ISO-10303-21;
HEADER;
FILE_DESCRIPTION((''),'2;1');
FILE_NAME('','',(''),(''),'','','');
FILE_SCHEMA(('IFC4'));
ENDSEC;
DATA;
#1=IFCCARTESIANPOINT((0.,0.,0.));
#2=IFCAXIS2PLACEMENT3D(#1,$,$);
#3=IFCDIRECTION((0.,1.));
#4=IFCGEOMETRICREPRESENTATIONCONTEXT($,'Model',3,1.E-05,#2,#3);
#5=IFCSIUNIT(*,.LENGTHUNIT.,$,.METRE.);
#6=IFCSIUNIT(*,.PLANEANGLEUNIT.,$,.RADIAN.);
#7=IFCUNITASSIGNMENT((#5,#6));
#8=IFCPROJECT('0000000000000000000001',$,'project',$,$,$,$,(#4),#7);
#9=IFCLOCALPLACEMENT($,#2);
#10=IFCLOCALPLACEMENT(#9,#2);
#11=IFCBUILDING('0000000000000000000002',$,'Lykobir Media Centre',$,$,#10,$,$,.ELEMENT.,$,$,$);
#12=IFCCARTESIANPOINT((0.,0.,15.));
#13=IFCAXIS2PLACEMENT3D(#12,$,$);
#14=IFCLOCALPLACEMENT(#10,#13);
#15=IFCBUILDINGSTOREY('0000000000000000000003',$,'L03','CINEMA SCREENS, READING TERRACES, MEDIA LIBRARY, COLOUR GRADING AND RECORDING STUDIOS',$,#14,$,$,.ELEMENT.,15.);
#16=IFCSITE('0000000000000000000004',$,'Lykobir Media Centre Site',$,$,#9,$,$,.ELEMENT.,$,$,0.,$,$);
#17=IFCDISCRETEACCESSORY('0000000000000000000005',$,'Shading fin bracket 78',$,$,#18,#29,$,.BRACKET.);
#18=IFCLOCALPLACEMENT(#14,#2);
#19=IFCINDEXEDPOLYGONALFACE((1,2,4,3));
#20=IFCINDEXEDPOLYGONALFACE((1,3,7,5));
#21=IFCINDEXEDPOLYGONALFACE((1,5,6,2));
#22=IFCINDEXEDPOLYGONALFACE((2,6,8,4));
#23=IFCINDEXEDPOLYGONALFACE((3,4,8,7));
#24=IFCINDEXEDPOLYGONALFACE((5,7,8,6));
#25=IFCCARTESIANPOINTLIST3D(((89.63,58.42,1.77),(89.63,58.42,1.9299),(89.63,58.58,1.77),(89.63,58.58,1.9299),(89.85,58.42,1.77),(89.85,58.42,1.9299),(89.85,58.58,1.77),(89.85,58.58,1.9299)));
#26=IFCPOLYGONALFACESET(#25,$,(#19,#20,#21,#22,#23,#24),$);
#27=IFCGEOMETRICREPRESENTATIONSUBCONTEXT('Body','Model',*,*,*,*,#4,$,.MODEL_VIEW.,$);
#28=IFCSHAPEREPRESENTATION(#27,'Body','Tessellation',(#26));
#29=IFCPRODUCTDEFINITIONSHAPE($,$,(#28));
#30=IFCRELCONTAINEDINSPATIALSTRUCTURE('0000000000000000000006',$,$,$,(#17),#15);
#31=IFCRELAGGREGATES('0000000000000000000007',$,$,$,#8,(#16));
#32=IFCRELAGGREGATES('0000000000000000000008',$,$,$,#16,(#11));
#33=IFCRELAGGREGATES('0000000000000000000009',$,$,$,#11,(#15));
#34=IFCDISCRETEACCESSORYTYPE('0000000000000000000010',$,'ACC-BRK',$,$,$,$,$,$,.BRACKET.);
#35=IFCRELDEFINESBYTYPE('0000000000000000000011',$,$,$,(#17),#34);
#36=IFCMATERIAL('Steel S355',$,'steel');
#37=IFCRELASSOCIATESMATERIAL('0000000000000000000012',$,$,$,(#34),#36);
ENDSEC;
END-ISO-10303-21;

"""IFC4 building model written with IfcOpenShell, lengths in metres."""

from ifc_helpers import new_model, si_unit, direction, frame, origin, origin_2d, place, context, subcontext, project, spatial, rectangle, extrude, material, type_object, element, save


model = new_model("IFC4")

# Units and contexts
model_context = context("Model", 3, precision=1e-05, world=origin(), true_north=direction((0.0, 1.0)))
body_context = subcontext(model_context, "Body", "Model", "MODEL_VIEW")
ifc_project = project(units=[si_unit("LENGTHUNIT", "METRE"), si_unit("PLANEANGLEUNIT", "RADIAN")], contexts=[model_context])

# Site, building, storey
site_placement = place(None, origin())
site = spatial("IfcSite", under=ifc_project, at=site_placement, Name="Lykobir Media Centre Site", CompositionType="ELEMENT", RefElevation=0.0)
building_placement = place(site_placement, origin())
building = spatial("IfcBuilding", under=site, at=building_placement, Name="Lykobir Media Centre", CompositionType="ELEMENT")
storey_placement = place(building_placement, frame((0.0, 0.0, 15.0)))
storey = spatial("IfcBuildingStorey", under=building, at=storey_placement, Name="L03", Description="CINEMA SCREENS, READING TERRACES, MEDIA LIBRARY, COLOUR GRADING AND RECORDING STUDIOS", CompositionType="ELEMENT", Elevation=15.0)

# Shared definitions
ifc_material_1 = material(Name="Steel S355", Category="steel")

# Discrete accessory
discrete_accessory_type = type_object("IfcDiscreteAccessoryType", Name="ACC-BRK", PredefinedType="BRACKET", material=ifc_material_1)
for number, where, z_axis, x_axis, name in (
    (1, (89.74, 58.5, 1.77), (0.0, 0.0, 1.0), (0.0, -1.0, 0.0), "Shading fin bracket 78"),
):
    element("IfcDiscreteAccessory", number, at=place(storey_placement, frame(where, z_axis=z_axis, x_axis=x_axis)), inside=storey, type_object=discrete_accessory_type, Name=name, PredefinedType="BRACKET", context=body_context, shape_type="SweptSolid", body=[
        extrude(rectangle(XDim=0.1599, YDim=0.22, at=origin_2d()), origin(), (0.0, 0.0, 1.0), 0.1599),
    ])

save(model, "model.ifc")
